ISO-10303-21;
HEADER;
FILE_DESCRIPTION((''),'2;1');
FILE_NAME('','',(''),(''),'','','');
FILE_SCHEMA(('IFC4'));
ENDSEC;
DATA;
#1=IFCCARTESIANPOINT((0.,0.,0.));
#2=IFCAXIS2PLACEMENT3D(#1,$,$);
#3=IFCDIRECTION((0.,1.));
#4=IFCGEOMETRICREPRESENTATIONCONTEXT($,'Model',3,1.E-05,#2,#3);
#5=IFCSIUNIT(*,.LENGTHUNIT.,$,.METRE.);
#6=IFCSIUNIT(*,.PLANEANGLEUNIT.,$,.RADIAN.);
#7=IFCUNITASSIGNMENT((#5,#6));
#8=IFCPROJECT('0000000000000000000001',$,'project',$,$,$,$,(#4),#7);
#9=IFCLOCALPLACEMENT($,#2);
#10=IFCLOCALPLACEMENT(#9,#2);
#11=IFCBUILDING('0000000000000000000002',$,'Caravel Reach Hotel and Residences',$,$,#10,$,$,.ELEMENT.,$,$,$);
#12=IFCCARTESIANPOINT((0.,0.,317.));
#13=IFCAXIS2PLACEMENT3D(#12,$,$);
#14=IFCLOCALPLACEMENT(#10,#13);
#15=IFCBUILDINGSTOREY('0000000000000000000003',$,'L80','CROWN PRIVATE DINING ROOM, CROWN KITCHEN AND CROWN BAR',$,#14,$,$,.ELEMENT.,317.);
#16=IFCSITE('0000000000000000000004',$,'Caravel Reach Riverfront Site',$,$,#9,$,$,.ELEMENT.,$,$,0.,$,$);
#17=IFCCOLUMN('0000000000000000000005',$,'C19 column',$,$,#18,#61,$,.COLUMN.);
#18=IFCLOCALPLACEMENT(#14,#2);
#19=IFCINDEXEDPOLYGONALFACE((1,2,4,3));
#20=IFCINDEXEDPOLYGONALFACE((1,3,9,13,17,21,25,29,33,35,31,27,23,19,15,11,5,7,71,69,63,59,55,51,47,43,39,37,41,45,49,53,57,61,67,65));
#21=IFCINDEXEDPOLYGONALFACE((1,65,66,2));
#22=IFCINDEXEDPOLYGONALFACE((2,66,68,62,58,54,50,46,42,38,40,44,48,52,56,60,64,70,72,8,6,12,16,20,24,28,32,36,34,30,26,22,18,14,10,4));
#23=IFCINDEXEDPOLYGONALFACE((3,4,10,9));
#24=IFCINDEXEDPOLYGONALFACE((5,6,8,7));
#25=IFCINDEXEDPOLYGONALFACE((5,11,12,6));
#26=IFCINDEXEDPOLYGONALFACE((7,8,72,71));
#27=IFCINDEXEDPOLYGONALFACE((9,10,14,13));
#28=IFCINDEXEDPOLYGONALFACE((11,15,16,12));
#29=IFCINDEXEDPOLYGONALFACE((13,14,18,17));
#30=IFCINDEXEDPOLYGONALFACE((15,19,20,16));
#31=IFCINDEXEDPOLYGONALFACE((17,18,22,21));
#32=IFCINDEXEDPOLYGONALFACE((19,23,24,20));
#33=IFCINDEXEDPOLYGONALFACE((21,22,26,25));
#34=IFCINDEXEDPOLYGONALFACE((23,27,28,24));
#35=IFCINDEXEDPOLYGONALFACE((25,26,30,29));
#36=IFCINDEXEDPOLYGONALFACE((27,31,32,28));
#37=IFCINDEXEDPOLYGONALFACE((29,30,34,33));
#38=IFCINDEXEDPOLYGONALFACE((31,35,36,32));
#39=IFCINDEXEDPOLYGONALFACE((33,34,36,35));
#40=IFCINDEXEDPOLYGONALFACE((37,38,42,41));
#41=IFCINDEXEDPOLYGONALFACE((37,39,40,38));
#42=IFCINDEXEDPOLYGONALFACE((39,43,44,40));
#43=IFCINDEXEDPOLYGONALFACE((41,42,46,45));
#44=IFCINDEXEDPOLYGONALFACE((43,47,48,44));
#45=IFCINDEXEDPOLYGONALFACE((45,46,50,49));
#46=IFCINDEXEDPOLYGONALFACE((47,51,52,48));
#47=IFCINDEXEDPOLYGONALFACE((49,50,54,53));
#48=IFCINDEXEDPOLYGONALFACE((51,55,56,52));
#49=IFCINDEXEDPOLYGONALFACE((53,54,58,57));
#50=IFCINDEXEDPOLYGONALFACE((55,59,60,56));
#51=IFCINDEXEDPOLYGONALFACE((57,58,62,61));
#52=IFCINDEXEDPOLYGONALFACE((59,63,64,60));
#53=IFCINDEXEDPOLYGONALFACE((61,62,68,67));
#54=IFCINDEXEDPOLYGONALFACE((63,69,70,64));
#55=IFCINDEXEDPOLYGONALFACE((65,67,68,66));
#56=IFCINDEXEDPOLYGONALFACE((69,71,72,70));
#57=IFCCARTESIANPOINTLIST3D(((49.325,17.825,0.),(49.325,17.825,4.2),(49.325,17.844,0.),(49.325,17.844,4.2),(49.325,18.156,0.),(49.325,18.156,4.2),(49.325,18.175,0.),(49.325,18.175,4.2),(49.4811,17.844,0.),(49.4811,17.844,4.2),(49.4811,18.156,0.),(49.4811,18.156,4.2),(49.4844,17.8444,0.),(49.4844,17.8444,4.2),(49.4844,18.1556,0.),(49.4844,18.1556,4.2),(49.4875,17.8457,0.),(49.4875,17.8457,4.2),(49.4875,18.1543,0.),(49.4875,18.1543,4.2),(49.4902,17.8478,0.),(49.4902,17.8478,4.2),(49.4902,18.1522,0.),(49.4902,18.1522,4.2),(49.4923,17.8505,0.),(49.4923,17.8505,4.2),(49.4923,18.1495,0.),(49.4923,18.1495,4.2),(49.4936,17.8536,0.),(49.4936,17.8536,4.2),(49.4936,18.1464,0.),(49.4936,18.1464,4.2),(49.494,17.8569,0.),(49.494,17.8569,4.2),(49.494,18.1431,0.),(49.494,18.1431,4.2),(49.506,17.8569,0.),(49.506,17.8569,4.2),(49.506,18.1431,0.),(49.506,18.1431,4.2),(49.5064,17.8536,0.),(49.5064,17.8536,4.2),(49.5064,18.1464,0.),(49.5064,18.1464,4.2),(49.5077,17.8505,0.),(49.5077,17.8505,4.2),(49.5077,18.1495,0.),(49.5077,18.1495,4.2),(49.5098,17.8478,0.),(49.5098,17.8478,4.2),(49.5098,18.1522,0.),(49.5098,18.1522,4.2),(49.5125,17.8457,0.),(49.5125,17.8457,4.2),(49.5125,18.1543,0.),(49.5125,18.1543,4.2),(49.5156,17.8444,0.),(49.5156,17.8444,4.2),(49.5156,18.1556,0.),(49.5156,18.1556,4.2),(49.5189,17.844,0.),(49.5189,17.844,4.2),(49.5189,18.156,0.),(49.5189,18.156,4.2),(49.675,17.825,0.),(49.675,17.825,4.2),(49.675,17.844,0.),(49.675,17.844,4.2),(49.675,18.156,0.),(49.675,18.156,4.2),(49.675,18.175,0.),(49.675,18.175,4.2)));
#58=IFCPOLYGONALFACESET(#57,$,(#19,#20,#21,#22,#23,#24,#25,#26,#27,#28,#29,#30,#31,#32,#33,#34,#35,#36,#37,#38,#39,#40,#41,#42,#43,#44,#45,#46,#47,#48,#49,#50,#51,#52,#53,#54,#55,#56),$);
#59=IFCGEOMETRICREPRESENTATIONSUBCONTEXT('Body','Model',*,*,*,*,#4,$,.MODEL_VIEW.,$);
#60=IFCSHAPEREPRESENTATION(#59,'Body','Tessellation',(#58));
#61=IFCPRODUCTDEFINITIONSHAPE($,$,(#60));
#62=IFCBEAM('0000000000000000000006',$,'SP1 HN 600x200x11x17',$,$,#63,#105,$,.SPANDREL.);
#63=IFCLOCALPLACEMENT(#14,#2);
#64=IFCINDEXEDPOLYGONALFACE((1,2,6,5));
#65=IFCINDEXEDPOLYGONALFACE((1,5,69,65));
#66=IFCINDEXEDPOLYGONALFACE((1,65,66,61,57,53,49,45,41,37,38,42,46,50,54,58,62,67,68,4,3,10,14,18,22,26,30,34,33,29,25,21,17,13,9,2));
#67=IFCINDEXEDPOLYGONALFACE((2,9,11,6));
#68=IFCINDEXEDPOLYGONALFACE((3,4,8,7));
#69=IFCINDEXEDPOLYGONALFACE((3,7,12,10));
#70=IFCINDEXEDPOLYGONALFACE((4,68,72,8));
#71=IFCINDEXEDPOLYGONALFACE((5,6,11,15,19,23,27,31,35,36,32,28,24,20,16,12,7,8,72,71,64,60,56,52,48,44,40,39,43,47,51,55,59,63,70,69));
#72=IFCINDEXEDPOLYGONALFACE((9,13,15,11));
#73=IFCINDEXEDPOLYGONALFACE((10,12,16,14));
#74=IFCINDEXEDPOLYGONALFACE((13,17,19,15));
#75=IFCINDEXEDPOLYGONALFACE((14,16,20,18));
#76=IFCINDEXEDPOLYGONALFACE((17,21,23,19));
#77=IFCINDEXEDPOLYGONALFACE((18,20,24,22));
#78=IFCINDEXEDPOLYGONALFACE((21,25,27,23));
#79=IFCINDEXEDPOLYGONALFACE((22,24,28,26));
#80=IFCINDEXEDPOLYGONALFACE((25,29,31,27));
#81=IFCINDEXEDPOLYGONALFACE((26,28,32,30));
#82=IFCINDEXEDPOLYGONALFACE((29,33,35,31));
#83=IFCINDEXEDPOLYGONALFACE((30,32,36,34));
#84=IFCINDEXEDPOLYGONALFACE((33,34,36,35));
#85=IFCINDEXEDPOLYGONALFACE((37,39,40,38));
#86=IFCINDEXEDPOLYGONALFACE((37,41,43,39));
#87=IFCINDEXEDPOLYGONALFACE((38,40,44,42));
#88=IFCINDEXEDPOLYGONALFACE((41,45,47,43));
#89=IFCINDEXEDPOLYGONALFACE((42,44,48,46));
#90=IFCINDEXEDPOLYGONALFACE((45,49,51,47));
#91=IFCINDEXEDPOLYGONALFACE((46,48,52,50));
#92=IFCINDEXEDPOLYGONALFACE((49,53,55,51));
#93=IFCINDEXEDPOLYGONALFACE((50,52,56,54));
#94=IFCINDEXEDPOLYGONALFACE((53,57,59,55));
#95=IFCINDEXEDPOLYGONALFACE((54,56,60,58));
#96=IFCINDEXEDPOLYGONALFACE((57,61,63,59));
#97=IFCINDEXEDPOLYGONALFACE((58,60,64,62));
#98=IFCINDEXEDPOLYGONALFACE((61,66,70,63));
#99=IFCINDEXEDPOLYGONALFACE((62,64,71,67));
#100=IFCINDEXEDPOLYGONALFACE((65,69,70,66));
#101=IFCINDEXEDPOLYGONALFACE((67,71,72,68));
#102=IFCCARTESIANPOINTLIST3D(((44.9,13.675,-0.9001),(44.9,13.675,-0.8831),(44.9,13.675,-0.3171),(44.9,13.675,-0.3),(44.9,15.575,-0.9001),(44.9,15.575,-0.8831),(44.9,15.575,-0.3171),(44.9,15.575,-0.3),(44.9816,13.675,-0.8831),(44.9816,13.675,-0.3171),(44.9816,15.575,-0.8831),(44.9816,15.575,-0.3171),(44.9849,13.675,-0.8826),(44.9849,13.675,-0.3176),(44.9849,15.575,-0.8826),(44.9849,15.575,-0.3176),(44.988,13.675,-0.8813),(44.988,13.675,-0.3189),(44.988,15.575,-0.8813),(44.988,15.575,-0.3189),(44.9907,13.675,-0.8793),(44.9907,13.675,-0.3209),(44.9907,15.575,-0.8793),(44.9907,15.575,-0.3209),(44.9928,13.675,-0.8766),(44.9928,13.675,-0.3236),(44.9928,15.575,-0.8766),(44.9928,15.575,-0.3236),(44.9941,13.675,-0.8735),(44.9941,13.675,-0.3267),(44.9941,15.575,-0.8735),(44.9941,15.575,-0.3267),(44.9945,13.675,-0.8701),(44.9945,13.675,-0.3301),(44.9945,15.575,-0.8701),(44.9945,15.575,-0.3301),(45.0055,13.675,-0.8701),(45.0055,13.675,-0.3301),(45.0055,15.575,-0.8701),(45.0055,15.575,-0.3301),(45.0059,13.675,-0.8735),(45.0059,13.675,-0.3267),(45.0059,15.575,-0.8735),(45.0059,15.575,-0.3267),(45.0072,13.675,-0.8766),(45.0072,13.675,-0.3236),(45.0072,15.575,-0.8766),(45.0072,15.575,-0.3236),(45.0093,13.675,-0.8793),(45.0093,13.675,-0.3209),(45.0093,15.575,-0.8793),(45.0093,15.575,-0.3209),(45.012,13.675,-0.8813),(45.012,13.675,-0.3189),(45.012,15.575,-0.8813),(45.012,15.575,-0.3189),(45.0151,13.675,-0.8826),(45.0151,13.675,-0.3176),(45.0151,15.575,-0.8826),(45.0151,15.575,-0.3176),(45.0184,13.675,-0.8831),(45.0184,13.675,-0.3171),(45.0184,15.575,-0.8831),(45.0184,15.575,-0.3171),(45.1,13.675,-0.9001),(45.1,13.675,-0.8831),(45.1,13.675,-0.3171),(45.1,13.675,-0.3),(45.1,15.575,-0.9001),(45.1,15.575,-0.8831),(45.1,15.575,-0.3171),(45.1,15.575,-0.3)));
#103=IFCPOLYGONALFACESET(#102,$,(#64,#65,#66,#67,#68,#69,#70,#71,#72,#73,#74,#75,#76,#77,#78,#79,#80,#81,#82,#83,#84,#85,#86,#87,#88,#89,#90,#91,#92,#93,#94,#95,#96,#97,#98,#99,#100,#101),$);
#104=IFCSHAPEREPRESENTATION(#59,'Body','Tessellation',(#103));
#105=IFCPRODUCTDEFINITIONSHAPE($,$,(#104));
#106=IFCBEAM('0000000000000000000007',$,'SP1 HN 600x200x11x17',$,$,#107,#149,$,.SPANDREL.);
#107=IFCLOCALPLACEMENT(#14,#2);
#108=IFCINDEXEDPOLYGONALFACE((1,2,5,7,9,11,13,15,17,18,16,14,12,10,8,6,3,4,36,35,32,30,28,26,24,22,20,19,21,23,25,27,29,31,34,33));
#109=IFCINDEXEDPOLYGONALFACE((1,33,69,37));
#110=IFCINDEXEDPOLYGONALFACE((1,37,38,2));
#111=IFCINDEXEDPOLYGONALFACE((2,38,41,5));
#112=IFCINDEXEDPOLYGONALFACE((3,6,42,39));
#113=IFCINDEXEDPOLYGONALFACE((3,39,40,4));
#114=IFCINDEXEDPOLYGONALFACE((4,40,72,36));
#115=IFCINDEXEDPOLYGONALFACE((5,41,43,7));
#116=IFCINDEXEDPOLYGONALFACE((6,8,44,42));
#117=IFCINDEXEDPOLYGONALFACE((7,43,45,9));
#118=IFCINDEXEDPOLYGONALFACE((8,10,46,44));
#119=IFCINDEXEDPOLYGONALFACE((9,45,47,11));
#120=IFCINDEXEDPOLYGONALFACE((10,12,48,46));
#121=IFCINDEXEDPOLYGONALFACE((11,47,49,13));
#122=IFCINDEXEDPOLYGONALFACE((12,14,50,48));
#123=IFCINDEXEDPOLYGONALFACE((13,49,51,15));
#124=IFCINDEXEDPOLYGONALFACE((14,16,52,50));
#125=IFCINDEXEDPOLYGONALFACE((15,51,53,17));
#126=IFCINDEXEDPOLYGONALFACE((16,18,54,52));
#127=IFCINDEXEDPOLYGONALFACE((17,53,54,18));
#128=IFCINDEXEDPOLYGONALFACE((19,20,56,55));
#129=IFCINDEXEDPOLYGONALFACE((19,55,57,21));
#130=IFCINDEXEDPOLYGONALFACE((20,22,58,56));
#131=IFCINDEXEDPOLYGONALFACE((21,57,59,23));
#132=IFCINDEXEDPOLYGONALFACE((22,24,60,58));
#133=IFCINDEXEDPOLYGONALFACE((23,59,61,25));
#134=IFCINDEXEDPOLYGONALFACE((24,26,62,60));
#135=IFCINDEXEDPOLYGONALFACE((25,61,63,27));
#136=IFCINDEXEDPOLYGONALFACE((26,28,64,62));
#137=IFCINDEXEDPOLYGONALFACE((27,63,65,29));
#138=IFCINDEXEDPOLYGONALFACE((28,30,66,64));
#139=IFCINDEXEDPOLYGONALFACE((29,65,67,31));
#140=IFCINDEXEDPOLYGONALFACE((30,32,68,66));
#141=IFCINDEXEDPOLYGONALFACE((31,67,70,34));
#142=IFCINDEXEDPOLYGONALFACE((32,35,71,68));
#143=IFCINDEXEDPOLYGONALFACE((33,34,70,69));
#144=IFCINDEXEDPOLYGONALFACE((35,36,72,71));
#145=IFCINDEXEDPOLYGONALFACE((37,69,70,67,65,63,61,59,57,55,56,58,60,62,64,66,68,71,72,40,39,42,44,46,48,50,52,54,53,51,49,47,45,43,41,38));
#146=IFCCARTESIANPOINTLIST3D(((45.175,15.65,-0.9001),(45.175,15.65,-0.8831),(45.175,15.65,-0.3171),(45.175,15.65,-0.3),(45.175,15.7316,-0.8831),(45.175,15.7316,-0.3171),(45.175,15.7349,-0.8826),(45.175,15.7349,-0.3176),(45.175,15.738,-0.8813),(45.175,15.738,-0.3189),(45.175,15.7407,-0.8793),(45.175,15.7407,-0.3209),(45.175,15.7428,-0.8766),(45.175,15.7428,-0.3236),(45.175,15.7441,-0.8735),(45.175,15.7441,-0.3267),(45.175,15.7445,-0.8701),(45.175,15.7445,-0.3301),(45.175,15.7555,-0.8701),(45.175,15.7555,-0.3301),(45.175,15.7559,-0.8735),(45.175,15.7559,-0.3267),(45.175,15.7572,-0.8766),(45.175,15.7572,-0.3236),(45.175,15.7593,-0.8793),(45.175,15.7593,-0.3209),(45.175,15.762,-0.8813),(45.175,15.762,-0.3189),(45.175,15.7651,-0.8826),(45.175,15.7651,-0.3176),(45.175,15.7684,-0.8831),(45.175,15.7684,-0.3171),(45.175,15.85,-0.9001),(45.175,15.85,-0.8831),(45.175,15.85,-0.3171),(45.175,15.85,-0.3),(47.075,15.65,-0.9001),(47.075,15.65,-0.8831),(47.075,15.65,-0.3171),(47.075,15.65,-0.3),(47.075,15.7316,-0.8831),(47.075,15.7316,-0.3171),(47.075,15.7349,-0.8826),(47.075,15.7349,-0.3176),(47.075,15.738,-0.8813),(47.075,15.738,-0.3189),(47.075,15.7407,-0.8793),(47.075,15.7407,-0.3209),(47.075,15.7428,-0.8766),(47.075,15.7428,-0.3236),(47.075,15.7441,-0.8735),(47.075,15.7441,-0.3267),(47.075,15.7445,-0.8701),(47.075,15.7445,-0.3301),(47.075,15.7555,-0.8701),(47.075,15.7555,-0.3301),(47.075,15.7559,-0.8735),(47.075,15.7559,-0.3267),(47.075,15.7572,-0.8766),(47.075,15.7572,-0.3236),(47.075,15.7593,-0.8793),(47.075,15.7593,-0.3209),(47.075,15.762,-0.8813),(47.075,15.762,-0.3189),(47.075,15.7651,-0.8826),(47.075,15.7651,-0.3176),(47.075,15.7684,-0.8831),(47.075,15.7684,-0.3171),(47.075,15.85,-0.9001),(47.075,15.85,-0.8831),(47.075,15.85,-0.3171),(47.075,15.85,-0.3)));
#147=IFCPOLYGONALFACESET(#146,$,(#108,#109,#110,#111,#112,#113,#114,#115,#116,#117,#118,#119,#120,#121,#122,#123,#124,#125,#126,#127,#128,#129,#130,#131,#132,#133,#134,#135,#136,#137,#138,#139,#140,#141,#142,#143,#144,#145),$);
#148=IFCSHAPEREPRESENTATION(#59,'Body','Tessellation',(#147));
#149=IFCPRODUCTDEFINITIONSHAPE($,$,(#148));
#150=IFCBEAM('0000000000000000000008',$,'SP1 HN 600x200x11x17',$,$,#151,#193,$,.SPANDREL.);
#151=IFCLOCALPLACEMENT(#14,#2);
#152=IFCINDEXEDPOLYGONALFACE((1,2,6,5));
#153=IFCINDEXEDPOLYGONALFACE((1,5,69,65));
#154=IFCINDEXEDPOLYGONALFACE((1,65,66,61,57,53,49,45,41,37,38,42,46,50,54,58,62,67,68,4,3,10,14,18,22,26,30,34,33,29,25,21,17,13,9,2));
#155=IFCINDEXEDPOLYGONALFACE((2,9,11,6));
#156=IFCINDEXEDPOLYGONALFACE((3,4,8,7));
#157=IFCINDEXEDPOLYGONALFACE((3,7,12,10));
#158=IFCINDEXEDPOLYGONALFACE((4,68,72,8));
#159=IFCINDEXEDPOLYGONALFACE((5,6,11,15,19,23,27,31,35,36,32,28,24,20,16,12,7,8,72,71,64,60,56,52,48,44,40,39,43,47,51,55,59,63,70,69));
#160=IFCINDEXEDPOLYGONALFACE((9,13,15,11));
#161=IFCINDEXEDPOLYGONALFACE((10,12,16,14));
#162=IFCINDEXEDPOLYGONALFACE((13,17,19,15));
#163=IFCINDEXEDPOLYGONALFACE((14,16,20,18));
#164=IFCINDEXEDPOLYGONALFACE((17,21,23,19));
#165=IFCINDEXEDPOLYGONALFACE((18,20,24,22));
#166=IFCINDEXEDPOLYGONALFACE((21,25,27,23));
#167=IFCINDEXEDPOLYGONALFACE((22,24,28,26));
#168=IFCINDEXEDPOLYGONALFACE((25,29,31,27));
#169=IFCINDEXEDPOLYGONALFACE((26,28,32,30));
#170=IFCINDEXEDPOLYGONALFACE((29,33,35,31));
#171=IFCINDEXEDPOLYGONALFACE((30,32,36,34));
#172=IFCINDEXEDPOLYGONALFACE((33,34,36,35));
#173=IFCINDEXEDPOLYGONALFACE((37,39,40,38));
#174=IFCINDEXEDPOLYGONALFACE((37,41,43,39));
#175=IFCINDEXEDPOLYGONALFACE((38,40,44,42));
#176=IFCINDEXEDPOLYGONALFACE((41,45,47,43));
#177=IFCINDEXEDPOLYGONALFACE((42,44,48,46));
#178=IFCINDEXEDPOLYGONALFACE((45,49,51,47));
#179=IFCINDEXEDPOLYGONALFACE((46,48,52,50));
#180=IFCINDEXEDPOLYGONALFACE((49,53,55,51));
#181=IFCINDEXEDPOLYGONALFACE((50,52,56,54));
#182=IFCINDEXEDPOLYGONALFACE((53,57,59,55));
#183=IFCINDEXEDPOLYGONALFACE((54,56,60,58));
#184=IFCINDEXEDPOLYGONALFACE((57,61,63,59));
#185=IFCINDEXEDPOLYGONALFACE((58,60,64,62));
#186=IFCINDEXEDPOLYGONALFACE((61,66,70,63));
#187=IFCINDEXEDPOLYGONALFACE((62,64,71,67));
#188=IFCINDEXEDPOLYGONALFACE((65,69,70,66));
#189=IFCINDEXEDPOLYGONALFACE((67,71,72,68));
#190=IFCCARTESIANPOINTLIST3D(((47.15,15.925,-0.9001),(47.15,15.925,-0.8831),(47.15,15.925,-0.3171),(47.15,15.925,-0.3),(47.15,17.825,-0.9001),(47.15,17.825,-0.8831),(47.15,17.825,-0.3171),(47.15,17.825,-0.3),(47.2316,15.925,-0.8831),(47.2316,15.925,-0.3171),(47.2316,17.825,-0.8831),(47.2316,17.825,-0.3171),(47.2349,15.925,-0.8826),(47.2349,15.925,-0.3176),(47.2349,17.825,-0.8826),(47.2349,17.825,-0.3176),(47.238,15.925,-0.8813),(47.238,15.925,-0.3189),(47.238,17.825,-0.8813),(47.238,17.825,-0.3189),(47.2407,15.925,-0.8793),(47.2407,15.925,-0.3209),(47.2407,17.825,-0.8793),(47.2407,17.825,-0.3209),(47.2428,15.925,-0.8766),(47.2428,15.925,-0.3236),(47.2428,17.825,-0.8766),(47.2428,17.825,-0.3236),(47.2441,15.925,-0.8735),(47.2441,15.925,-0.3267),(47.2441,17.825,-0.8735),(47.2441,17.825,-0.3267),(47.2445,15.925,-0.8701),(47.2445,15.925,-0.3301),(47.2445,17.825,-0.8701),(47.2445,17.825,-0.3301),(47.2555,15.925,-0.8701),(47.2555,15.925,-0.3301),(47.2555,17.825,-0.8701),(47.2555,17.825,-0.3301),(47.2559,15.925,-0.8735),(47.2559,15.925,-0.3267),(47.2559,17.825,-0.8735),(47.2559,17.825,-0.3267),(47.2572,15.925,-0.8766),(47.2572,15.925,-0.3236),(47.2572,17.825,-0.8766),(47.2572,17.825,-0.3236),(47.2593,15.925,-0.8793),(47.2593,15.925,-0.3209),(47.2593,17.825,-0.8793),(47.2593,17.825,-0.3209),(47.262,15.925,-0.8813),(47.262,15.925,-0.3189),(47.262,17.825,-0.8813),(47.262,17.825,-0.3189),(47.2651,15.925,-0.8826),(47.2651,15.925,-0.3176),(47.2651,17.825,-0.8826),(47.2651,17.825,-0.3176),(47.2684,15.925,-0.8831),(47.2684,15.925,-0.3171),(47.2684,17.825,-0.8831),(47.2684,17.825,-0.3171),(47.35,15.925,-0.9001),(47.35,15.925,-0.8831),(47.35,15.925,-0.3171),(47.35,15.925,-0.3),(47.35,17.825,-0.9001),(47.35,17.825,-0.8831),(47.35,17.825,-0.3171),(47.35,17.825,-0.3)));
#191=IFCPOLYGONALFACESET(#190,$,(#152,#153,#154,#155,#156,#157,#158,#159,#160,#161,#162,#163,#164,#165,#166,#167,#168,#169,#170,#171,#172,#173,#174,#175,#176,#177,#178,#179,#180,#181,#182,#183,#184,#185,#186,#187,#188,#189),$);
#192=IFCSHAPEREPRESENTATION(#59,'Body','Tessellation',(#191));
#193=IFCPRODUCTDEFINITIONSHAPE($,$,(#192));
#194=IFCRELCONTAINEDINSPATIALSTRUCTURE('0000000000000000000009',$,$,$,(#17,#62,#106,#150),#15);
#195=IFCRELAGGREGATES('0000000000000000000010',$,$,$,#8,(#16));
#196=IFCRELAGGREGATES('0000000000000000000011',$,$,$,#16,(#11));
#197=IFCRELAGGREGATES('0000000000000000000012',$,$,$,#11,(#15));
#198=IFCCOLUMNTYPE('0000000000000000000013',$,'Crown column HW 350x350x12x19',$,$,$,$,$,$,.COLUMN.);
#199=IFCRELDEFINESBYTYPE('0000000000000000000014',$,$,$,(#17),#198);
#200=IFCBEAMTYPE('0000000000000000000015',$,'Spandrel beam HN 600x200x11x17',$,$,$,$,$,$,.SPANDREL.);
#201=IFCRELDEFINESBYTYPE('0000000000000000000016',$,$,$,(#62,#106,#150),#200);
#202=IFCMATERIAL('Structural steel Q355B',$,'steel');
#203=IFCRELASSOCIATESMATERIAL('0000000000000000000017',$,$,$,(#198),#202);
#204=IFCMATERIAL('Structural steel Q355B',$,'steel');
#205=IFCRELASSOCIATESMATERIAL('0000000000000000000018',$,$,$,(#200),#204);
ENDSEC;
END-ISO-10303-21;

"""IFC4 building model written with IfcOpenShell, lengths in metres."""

from ifc_helpers import new_model, si_unit, direction, frame, origin, origin_2d, place, context, subcontext, project, spatial, i_section, extrude, material, material_profile, profile_set, type_object, element, save


model = new_model("IFC4")

# Units and contexts
model_context = context("Model", 3, precision=1e-05, world=origin(), true_north=direction((0.0, 1.0)))
body_context = subcontext(model_context, "Body", "Model", "MODEL_VIEW")
ifc_project = project(units=[si_unit("LENGTHUNIT", "METRE"), si_unit("PLANEANGLEUNIT", "RADIAN")], contexts=[model_context])

# Site, building, storey
site_placement = place(None, origin())
site = spatial("IfcSite", under=ifc_project, at=site_placement, Name="Caravel Reach Riverfront Site", CompositionType="ELEMENT", RefElevation=0.0)
building_placement = place(site_placement, origin())
building = spatial("IfcBuilding", under=site, at=building_placement, Name="Caravel Reach Hotel and Residences", CompositionType="ELEMENT")
storey_placement = place(building_placement, frame((0.0, 0.0, 317.0)))
storey = spatial("IfcBuildingStorey", under=building, at=storey_placement, Name="L80", Description="CROWN PRIVATE DINING ROOM, CROWN KITCHEN AND CROWN BAR", CompositionType="ELEMENT", Elevation=317.0)

# Column
ifc_material_1 = material(Name="Structural steel Q355B", Category="steel")
ifc_material_profile_1 = material_profile(ifc_material_1, i_section(OverallWidth=0.3501, OverallDepth=0.3501, WebThickness=0.012, FlangeThickness=0.019, FilletRadius=0.0129, at=origin_2d()), Name="HW 350x350x12x19")
ifc_profile_set_1 = profile_set([ifc_material_profile_1], Name="Structural steel Q355B")
column_type = type_object("IfcColumnType", Name="Crown column HW 350x350x12x19", PredefinedType="COLUMN", material=ifc_profile_set_1)
for number, where, z_axis, x_axis, name in (
    (1, (49.5, 18.0, 0.0), (0.0, 0.0, 1.0), (1.0, 0.0, 0.0), "C19 column"),
):
    element("IfcColumn", number, at=place(storey_placement, frame(where, z_axis=z_axis, x_axis=x_axis)), inside=storey, type_object=column_type, Name=name, PredefinedType="COLUMN", context=body_context, shape_type="SweptSolid", body=[
        extrude(i_section(OverallWidth=0.3501, OverallDepth=0.3501, WebThickness=0.012, FlangeThickness=0.019, FilletRadius=0.0129, at=origin_2d()), origin(), (0.0, 0.0, 1.0), 4.2),
    ])

# Beams
ifc_material_2 = material(Name="Structural steel Q355B", Category="steel")
ifc_material_profile_2 = material_profile(ifc_material_2, i_section(OverallWidth=0.2, OverallDepth=0.6001, WebThickness=0.011, FlangeThickness=0.0171, FilletRadius=0.0129, at=origin_2d()), Name="HN 600x200x11x17")
ifc_profile_set_2 = profile_set([ifc_material_profile_2], Name="Structural steel Q355B")
beam_type = type_object("IfcBeamType", Name="Spandrel beam HN 600x200x11x17", PredefinedType="SPANDREL", material=ifc_profile_set_2)
for number, where, z_axis, x_axis, name in (
    (2, (45.0, 13.675, -0.6001), (0.0, 1.0, 0.0), (-1.0, 0.0, 0.0), "SP1 HN 600x200x11x17"),
    (3, (45.175, 15.75, -0.6001), (1.0, 0.0, 0.0), (0.0, 1.0, 0.0), "SP1 HN 600x200x11x17"),
    (4, (47.25, 15.925, -0.6001), (0.0, 1.0, 0.0), (-1.0, 0.0, 0.0), "SP1 HN 600x200x11x17"),
):
    element("IfcBeam", number, at=place(storey_placement, frame(where, z_axis=z_axis, x_axis=x_axis)), inside=storey, type_object=beam_type, Name=name, PredefinedType="SPANDREL", context=body_context, shape_type="SweptSolid", body=[
        extrude(i_section(OverallWidth=0.2, OverallDepth=0.6001, WebThickness=0.011, FlangeThickness=0.0171, FilletRadius=0.0129, at=origin_2d()), origin(), (0.0, 0.0, 1.0), 1.8999),
    ])

save(model, "model.ifc")
